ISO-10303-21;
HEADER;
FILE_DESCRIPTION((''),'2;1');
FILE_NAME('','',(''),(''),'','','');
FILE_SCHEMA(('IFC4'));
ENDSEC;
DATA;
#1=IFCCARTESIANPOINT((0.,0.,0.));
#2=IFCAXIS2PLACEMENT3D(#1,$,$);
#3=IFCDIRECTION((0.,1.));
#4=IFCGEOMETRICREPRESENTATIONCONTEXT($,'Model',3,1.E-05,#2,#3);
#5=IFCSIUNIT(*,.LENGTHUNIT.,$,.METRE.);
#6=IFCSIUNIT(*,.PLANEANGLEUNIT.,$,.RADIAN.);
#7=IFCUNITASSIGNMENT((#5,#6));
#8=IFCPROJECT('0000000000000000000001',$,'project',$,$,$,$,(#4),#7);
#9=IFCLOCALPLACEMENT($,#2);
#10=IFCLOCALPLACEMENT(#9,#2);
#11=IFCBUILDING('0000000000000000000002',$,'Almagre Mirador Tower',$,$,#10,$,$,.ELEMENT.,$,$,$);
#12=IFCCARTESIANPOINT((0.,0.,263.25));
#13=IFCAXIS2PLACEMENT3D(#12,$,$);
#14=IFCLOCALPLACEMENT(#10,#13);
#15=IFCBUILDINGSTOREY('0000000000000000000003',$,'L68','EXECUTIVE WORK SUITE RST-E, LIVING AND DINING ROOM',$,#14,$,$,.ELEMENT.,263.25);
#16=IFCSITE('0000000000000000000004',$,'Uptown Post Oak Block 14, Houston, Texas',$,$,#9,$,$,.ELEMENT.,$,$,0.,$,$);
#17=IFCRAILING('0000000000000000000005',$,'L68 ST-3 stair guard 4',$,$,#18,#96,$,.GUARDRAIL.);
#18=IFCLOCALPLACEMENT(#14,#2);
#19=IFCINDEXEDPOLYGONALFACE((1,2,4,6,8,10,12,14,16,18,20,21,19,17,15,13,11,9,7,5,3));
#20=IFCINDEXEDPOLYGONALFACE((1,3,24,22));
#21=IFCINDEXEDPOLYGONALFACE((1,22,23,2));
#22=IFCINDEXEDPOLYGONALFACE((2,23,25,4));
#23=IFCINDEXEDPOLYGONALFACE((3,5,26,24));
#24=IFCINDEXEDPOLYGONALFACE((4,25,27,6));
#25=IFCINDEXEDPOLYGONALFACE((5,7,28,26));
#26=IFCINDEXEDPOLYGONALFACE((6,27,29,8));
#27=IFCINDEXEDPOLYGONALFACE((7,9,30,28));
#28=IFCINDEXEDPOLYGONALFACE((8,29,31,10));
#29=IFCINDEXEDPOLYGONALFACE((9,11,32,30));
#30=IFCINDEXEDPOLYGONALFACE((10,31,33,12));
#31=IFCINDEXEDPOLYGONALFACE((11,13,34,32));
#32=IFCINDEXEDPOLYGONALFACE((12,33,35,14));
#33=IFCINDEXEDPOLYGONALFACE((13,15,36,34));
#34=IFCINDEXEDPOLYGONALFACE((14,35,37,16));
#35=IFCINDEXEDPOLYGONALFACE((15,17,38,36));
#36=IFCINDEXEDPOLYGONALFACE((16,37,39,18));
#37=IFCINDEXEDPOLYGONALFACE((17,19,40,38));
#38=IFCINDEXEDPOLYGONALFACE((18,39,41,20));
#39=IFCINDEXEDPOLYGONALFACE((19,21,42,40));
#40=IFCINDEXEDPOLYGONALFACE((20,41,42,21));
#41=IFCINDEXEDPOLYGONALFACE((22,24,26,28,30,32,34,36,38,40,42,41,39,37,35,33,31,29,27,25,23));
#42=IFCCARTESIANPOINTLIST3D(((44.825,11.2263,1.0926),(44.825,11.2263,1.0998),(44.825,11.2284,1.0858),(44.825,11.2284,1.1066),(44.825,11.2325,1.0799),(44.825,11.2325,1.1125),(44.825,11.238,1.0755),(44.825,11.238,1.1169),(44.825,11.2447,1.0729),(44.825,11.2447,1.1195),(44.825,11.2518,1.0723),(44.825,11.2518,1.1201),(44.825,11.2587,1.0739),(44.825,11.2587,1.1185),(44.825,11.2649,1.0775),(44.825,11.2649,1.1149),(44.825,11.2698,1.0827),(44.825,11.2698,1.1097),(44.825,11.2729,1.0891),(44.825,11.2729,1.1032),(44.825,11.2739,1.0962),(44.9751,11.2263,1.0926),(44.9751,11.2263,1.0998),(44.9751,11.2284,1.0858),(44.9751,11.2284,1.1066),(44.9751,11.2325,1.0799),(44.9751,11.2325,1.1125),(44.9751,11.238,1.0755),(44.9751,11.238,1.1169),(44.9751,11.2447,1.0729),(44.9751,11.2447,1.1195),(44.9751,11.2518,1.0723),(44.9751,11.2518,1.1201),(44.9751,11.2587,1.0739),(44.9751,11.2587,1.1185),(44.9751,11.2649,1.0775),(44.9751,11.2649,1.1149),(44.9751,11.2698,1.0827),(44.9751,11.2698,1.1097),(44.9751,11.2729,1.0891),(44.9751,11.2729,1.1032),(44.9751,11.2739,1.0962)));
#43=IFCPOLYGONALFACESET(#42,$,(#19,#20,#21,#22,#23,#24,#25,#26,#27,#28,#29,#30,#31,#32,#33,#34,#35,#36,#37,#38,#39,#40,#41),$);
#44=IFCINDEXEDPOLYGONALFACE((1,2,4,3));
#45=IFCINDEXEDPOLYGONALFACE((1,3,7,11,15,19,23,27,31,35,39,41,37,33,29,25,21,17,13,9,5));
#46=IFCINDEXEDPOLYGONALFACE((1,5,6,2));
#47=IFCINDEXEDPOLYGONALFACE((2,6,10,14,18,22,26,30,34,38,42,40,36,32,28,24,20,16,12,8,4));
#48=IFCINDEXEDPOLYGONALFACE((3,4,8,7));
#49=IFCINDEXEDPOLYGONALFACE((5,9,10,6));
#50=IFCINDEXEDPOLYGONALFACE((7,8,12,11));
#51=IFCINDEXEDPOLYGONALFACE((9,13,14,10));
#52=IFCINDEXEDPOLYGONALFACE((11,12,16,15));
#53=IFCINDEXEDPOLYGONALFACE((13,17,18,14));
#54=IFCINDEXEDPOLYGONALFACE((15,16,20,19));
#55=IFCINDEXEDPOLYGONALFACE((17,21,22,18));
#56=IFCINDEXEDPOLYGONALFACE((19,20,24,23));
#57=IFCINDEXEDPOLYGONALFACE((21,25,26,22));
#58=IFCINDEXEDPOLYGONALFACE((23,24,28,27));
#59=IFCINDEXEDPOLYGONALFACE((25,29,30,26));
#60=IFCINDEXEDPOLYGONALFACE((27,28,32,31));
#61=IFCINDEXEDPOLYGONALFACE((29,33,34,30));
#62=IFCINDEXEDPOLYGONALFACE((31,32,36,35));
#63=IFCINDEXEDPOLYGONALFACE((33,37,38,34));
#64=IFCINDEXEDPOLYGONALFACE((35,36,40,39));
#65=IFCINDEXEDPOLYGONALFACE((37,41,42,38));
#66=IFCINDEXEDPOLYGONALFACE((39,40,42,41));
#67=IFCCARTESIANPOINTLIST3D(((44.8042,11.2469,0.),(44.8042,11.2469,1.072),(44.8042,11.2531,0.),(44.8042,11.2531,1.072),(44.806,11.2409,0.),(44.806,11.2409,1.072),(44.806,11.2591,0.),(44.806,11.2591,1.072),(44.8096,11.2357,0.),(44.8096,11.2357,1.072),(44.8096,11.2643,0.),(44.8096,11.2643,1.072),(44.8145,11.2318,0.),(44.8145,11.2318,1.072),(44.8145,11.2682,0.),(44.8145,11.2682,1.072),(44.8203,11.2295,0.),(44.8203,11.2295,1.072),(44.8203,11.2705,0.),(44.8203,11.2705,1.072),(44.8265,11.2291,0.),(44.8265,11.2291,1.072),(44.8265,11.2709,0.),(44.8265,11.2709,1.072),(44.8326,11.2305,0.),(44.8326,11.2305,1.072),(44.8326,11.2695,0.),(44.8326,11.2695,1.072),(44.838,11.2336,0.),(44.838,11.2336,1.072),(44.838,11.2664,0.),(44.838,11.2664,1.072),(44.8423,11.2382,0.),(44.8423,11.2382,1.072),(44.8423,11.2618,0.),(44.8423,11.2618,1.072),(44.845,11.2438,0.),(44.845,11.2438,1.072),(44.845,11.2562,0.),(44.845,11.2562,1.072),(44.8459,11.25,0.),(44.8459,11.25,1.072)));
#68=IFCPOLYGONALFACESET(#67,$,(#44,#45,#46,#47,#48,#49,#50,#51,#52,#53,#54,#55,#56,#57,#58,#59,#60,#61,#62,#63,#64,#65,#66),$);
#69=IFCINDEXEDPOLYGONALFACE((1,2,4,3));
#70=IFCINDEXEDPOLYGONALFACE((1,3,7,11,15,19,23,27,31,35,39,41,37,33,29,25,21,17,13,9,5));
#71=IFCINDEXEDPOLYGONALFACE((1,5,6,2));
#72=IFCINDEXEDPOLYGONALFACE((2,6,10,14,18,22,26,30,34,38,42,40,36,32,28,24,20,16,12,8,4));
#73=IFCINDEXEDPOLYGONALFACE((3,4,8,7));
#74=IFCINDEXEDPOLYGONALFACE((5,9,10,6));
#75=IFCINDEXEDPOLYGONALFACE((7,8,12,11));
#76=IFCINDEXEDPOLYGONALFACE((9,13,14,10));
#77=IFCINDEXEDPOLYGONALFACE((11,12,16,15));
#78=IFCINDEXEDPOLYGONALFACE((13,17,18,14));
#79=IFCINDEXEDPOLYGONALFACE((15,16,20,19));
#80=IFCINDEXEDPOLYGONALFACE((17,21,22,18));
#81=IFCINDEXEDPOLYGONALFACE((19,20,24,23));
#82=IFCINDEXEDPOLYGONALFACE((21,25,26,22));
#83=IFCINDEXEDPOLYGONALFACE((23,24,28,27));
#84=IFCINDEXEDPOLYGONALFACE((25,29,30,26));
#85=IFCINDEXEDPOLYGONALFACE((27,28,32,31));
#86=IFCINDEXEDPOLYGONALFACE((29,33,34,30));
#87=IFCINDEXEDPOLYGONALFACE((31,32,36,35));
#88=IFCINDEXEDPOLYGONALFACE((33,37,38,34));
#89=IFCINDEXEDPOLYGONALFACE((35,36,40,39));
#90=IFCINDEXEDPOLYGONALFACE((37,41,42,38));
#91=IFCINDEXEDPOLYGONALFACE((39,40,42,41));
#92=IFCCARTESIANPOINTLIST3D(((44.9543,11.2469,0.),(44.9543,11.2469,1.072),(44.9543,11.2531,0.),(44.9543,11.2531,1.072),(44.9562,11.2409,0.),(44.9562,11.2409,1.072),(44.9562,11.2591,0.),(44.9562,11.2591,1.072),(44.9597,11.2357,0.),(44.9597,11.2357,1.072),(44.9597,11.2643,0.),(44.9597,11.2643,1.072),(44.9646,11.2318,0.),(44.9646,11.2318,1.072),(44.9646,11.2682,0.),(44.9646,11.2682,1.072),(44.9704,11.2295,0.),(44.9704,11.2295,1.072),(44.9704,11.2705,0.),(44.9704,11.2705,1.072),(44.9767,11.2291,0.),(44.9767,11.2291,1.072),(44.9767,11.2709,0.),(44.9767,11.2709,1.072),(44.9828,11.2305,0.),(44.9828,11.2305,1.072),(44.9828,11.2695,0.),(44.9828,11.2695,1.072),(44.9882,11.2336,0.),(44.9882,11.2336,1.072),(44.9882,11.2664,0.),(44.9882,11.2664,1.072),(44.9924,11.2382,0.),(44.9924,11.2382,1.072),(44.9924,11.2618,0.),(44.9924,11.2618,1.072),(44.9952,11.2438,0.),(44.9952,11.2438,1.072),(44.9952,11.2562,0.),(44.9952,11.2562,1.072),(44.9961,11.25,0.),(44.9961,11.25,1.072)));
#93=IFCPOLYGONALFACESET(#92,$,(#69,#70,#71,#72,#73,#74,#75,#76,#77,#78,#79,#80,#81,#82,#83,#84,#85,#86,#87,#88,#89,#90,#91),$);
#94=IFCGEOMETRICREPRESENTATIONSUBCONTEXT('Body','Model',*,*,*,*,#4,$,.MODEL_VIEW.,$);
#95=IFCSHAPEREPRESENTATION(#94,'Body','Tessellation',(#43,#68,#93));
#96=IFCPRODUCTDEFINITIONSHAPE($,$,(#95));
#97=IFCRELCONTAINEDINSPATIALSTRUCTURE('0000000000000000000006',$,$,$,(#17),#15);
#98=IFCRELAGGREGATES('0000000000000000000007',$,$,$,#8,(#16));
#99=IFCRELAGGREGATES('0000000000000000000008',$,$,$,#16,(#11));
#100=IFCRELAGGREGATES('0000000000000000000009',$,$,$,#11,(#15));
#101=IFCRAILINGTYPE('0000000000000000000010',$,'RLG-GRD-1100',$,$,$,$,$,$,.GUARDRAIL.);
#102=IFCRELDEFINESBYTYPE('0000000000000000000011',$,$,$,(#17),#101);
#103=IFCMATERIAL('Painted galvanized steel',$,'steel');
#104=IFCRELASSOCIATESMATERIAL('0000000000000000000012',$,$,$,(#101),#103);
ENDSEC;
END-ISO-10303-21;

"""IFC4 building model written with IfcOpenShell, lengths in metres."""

from ifc_helpers import new_model, si_unit, direction, frame, origin, origin_2d, place, context, subcontext, project, spatial, circle, extrude, material, type_object, element, save


model = new_model("IFC4")

# Units and contexts
model_context = context("Model", 3, precision=1e-05, world=origin(), true_north=direction((0.0, 1.0)))
body_context = subcontext(model_context, "Body", "Model", "MODEL_VIEW")
ifc_project = project(units=[si_unit("LENGTHUNIT", "METRE"), si_unit("PLANEANGLEUNIT", "RADIAN")], contexts=[model_context])

# Site, building, storey
site_placement = place(None, origin())
site = spatial("IfcSite", under=ifc_project, at=site_placement, Name="Uptown Post Oak Block 14, Houston, Texas", CompositionType="ELEMENT", RefElevation=0.0)
building_placement = place(site_placement, origin())
building = spatial("IfcBuilding", under=site, at=building_placement, Name="Almagre Mirador Tower", CompositionType="ELEMENT")
storey_placement = place(building_placement, frame((0.0, 0.0, 263.25)))
storey = spatial("IfcBuildingStorey", under=building, at=storey_placement, Name="L68", Description="EXECUTIVE WORK SUITE RST-E, LIVING AND DINING ROOM", CompositionType="ELEMENT", Elevation=263.25)

# Railing
ifc_material_1 = material(Name="Painted galvanized steel", Category="steel")
railing_type_1 = type_object("IfcRailingType", Name="RLG-GRD-1100", PredefinedType="GUARDRAIL", material=ifc_material_1)
railing_1_placement = place(storey_placement, frame((44.825, 11.25, 0.0)))
element("IfcRailing", 1, at=railing_1_placement, inside=storey, type_object=railing_type_1, Name="L68 ST-3 stair guard 4", PredefinedType="GUARDRAIL", context=body_context, shape_type="SweptSolid", body=[
    extrude(circle(Radius=0.0239, at=origin_2d()), frame((0.0, 0.0, 1.0962), z_axis=(1.0, 0.0, 0.0), x_axis=(0.0, 1.0, 0.0)), (0.0, 0.0, 1.0), 0.1501),
    extrude(circle(Radius=0.021, at=origin_2d()), origin(), (0.0, 0.0, 1.0), 1.072),
    extrude(circle(Radius=0.021, at=origin_2d()), frame((0.1501, 0.0, 0.0)), (0.0, 0.0, 1.0), 1.072),
])

save(model, "model.ifc")
